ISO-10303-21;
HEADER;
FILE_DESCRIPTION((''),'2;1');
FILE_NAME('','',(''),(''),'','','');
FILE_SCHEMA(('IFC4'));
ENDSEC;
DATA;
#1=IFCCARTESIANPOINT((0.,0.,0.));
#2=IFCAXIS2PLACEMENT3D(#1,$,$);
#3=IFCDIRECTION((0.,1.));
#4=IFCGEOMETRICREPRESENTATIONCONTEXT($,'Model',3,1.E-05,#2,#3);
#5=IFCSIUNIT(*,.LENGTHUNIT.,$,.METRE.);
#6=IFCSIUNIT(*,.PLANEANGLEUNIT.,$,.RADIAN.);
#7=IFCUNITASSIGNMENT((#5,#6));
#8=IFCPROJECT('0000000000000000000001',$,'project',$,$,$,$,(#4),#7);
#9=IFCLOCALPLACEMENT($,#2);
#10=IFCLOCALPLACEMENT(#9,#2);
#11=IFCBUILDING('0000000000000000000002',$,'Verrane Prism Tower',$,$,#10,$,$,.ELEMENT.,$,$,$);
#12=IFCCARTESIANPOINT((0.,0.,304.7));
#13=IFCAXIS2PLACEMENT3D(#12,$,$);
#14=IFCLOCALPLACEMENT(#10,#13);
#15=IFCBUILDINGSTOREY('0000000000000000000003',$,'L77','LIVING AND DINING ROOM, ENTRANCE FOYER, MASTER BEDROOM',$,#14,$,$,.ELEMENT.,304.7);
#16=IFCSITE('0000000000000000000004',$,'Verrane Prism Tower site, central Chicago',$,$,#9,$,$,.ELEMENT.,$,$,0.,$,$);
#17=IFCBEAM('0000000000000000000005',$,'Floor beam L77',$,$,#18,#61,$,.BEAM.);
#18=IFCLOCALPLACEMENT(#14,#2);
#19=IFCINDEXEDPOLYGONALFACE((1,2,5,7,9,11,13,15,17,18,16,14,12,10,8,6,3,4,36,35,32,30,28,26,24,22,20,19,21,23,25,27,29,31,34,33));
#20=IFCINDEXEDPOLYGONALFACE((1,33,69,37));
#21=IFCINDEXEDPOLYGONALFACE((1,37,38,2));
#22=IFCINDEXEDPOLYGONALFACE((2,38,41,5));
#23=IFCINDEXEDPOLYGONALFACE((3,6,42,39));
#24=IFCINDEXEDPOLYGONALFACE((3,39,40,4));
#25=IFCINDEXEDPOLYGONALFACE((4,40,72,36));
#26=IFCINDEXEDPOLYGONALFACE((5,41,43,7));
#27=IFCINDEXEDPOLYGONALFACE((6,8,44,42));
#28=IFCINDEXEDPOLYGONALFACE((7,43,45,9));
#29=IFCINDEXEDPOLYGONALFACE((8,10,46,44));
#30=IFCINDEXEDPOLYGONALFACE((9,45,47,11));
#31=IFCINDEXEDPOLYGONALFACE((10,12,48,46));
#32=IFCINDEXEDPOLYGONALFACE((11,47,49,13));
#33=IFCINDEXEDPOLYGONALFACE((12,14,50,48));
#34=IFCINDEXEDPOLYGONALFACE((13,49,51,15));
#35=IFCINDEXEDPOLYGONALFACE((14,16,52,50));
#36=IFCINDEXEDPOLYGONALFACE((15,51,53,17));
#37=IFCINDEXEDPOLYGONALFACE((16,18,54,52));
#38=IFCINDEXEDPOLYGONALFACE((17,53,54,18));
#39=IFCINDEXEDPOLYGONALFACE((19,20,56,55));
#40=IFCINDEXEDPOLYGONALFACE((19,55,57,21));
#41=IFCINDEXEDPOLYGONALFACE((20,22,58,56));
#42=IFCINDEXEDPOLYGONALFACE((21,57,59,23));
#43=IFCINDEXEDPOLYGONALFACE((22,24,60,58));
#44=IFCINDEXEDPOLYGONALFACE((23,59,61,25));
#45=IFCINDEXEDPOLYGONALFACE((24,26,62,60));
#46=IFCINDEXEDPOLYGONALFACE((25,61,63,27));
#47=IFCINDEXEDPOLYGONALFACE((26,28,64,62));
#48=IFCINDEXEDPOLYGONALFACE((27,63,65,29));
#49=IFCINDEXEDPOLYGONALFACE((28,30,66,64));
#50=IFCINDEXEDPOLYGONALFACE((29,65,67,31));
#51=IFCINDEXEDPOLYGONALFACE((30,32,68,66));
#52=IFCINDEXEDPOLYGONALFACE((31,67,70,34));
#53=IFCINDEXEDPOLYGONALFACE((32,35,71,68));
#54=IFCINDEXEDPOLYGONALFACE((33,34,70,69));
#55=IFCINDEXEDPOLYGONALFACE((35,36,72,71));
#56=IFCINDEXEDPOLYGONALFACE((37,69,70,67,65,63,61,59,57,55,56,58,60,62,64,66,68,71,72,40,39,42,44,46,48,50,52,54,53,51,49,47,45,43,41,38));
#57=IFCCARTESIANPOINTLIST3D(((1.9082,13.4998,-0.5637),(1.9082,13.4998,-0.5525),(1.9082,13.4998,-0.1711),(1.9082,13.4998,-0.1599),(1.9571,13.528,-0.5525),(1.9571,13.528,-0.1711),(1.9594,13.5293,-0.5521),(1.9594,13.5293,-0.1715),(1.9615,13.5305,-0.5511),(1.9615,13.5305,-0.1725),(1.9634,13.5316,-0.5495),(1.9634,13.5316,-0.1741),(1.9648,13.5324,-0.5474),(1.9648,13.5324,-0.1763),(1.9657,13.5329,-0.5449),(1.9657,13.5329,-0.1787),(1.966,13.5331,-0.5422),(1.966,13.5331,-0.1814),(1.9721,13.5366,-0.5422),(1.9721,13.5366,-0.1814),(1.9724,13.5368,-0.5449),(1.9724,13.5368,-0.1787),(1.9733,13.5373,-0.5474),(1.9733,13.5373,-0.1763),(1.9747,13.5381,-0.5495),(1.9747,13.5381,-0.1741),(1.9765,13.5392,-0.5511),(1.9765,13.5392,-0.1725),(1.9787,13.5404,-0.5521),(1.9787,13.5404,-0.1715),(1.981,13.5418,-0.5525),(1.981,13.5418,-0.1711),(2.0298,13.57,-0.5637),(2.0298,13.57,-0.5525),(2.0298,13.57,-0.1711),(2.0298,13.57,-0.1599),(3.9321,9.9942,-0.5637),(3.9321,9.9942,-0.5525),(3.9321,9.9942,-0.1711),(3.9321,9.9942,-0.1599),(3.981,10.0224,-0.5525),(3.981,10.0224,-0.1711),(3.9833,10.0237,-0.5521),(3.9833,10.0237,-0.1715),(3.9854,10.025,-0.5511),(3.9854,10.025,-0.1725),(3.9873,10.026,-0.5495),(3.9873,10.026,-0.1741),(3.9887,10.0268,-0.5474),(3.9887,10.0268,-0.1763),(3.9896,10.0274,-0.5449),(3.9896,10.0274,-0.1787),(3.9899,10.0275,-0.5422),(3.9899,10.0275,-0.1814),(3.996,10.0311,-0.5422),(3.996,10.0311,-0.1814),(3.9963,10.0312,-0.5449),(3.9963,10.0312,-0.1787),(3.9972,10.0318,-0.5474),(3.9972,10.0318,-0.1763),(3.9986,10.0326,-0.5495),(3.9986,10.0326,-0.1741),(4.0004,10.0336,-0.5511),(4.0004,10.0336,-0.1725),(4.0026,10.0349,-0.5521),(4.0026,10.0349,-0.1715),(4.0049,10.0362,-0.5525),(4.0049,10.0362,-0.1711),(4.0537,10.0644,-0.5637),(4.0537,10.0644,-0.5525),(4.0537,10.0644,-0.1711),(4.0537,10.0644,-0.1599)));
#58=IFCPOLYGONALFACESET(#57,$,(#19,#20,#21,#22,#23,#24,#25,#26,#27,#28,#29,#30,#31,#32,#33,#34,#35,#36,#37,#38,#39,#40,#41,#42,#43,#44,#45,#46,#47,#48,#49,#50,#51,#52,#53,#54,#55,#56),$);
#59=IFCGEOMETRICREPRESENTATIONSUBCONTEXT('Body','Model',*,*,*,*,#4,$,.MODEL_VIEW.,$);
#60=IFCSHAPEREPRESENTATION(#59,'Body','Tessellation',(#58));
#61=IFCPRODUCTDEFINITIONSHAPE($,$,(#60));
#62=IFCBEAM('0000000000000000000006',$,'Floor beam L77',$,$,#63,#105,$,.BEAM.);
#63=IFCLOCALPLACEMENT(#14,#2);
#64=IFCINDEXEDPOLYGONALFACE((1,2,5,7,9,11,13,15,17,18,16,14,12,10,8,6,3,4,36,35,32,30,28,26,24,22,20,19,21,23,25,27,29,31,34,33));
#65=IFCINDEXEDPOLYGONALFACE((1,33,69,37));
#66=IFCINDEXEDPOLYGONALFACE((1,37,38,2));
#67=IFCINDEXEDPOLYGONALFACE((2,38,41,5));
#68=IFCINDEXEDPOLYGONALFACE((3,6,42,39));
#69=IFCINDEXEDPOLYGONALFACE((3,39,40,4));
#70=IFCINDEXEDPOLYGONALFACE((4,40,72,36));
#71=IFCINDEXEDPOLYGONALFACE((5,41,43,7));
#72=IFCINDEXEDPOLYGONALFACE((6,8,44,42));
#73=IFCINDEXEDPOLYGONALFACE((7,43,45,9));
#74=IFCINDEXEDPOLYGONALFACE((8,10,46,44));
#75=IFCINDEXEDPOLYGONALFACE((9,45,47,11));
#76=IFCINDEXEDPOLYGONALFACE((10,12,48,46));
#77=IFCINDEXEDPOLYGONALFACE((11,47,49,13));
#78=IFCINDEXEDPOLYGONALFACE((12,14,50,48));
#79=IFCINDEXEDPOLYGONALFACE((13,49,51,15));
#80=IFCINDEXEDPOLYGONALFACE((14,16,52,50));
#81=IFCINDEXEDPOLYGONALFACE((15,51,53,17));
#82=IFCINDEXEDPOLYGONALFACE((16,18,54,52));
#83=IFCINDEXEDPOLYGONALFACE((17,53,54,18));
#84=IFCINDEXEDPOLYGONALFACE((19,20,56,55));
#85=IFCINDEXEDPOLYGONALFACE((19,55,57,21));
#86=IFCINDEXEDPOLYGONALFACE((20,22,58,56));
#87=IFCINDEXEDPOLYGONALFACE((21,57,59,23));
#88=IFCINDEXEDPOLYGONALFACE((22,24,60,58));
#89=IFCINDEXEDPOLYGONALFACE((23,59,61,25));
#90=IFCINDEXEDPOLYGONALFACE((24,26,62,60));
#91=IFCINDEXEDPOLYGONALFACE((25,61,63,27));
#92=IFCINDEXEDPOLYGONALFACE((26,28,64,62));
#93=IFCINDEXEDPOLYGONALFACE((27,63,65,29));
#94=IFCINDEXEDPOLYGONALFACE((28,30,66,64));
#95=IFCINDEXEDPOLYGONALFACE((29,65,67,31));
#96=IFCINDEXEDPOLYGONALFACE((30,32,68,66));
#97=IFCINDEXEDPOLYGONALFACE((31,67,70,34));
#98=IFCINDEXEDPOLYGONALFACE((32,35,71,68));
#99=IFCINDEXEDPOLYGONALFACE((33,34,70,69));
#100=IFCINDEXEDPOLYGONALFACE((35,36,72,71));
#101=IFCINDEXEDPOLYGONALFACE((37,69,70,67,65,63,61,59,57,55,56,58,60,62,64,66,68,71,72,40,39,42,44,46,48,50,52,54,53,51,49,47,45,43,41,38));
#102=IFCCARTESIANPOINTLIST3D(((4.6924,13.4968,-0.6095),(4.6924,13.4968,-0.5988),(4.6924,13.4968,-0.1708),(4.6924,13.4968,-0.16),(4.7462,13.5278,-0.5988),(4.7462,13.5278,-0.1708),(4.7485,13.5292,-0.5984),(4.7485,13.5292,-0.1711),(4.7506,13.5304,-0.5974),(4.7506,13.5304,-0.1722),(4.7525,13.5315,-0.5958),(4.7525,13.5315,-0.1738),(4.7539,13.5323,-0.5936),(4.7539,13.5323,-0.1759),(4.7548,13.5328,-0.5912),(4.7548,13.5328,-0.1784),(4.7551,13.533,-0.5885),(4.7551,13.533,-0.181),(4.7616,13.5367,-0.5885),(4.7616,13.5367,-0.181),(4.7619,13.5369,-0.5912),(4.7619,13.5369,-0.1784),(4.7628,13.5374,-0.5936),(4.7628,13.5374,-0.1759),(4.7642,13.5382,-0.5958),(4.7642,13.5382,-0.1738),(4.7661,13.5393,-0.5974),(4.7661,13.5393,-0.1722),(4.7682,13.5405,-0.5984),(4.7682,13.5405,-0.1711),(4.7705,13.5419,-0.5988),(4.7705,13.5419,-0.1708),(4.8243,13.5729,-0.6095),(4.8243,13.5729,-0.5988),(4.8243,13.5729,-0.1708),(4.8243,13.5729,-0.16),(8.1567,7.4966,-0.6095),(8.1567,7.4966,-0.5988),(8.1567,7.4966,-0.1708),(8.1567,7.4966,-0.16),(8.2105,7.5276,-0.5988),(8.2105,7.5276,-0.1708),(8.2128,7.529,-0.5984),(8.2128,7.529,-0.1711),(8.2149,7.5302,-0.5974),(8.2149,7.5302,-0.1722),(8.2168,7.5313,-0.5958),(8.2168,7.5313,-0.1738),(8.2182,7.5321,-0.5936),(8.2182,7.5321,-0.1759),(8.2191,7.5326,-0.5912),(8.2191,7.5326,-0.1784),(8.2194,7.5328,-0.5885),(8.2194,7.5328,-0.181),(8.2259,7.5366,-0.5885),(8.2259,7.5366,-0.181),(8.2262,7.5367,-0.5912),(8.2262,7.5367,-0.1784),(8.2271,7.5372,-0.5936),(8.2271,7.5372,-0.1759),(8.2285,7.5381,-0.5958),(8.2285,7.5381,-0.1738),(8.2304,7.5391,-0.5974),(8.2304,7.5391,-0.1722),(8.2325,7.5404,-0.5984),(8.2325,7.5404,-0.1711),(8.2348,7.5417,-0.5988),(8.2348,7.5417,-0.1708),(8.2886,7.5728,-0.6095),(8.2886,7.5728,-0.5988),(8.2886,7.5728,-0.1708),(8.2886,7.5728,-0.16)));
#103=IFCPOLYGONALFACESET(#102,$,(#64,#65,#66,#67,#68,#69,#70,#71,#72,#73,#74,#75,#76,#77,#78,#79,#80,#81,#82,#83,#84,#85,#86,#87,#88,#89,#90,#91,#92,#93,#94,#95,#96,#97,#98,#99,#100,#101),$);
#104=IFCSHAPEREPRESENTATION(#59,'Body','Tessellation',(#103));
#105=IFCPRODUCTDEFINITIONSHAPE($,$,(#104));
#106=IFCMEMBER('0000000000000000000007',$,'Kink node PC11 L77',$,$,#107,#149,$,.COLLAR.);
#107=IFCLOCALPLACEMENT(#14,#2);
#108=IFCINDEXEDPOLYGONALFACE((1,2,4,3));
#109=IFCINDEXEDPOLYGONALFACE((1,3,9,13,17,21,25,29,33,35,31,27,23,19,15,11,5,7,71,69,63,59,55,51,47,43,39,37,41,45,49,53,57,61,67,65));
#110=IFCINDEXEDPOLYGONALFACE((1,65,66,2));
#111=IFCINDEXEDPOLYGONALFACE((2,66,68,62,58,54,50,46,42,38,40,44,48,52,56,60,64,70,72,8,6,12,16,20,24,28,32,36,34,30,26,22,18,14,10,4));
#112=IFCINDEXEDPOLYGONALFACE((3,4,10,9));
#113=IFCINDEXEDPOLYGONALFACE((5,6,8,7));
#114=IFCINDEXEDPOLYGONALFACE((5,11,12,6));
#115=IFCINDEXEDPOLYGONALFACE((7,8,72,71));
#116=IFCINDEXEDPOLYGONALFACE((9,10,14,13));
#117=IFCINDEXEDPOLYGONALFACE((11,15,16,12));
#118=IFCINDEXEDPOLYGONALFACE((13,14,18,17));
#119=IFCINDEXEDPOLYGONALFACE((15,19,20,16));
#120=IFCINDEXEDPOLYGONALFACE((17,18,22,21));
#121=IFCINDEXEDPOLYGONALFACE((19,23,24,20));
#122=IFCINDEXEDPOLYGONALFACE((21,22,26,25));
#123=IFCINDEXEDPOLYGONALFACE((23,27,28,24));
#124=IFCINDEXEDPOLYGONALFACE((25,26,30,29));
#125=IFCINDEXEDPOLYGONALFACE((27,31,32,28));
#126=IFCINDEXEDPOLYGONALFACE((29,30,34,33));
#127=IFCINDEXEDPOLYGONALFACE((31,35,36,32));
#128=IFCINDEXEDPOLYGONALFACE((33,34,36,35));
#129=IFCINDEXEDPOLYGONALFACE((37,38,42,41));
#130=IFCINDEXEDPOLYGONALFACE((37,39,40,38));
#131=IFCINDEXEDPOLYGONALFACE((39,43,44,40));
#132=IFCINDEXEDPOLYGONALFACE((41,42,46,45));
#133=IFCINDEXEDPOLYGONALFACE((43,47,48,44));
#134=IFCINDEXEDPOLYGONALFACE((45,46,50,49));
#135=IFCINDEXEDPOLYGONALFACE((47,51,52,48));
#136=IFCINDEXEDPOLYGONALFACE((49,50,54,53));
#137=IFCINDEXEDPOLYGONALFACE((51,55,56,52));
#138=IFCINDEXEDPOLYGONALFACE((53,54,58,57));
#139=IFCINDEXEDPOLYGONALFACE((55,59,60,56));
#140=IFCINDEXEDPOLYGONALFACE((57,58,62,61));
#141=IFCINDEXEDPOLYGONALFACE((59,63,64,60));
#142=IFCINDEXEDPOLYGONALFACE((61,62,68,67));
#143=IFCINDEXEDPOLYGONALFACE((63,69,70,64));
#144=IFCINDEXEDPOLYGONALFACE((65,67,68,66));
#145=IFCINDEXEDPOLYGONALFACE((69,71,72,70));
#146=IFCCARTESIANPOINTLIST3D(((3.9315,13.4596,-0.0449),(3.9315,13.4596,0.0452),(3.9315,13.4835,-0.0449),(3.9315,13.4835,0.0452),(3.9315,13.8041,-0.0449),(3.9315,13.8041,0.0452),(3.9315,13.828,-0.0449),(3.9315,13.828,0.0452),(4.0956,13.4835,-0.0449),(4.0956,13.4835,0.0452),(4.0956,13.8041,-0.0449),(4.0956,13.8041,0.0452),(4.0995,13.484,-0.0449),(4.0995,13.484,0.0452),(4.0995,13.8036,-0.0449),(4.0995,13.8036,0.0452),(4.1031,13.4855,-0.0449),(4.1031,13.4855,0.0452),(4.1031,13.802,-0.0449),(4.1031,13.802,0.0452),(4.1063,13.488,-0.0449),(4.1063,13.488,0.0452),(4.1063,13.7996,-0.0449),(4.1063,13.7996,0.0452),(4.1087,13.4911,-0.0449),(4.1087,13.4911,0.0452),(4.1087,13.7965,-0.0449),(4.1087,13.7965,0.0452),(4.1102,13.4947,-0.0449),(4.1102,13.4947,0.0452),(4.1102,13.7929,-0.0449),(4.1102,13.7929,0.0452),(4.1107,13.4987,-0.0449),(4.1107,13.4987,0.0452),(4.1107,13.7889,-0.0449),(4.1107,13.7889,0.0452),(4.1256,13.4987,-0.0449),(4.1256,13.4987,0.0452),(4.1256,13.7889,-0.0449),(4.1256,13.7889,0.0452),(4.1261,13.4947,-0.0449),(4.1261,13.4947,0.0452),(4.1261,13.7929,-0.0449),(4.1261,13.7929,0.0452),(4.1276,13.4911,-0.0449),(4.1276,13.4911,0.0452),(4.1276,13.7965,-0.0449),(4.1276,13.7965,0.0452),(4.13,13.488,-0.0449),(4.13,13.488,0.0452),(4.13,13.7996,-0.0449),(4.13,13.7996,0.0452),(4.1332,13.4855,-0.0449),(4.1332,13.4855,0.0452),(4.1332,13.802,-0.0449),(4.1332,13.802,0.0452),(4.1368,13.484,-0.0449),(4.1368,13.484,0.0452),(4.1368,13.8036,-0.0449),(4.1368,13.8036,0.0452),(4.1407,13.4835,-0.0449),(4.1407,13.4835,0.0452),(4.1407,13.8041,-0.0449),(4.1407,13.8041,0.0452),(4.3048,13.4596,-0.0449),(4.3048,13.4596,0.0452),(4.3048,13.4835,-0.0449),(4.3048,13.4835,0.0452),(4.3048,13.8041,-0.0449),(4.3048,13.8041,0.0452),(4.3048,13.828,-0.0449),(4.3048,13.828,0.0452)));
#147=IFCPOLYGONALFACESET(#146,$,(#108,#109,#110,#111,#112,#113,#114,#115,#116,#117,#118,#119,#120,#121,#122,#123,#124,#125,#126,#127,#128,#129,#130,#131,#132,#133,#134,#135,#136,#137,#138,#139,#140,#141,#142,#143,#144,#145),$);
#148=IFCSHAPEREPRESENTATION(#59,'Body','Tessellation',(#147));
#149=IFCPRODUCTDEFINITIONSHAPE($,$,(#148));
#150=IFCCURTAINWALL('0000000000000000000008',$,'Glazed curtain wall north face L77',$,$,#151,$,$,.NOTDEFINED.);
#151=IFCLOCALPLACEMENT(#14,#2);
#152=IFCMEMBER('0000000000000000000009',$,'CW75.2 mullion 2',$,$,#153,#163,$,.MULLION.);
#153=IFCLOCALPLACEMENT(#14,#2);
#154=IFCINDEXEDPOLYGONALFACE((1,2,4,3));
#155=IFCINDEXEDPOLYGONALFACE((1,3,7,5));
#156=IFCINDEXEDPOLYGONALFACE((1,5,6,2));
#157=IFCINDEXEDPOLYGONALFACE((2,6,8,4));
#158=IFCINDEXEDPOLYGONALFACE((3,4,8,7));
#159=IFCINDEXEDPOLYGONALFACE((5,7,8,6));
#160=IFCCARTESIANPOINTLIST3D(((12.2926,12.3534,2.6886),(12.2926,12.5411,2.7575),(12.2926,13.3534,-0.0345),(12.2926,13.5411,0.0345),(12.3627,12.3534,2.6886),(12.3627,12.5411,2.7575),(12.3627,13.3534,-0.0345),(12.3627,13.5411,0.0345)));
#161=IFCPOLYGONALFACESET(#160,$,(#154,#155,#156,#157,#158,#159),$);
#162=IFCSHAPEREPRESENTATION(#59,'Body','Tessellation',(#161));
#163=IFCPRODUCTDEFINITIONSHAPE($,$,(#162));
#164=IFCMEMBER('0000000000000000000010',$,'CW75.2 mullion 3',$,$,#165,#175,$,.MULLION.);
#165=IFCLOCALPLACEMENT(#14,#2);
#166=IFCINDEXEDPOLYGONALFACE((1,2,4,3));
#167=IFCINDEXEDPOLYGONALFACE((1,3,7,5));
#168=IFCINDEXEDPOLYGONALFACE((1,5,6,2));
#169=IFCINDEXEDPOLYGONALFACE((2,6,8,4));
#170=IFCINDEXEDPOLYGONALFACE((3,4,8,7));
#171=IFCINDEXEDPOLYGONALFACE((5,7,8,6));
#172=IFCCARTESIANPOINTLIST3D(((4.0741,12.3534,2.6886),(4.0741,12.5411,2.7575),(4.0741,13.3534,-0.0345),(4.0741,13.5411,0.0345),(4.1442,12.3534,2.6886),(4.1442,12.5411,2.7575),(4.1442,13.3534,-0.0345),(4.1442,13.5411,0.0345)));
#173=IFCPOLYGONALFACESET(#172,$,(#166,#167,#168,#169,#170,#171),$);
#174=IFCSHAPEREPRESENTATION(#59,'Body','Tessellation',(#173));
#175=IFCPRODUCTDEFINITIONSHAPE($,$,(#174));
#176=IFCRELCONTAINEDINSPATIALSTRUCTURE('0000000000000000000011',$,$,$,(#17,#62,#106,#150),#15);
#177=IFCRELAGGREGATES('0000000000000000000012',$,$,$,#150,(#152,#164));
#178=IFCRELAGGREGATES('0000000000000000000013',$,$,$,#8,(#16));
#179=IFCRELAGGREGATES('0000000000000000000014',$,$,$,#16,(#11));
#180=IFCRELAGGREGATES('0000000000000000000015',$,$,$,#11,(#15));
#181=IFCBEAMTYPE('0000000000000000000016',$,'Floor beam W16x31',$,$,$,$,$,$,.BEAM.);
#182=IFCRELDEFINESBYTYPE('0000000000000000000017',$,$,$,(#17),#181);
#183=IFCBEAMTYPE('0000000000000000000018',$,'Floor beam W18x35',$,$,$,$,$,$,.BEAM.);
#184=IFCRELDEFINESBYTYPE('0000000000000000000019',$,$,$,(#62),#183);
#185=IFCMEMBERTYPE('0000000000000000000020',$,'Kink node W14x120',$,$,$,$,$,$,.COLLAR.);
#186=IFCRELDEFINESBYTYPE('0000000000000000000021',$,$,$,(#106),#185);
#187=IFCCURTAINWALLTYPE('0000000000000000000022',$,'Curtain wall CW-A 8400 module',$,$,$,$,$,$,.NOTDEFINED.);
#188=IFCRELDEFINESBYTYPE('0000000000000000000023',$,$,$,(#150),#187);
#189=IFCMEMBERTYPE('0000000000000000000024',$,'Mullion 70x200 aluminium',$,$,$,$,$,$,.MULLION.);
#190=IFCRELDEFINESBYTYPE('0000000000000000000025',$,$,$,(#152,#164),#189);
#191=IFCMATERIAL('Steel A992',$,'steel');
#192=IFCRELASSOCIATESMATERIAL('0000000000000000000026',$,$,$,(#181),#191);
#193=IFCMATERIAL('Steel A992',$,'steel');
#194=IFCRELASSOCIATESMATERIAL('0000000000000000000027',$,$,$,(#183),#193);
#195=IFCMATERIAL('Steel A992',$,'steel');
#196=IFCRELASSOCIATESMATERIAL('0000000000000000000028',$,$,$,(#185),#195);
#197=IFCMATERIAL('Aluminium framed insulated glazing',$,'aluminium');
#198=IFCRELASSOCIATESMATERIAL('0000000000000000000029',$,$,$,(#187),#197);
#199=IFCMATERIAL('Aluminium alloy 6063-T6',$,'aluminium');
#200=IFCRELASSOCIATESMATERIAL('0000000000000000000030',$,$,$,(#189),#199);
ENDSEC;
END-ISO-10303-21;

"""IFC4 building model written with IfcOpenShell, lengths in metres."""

from ifc_helpers import new_model, si_unit, direction, frame, origin, origin_2d, place, context, subcontext, project, spatial, rectangle, i_section, extrude, material, material_profile, profile_set, type_object, element, aggregate, save


model = new_model("IFC4")

# Units and contexts
model_context = context("Model", 3, precision=1e-05, world=origin(), true_north=direction((0.0, 1.0)))
body_context = subcontext(model_context, "Body", "Model", "MODEL_VIEW")
ifc_project = project(units=[si_unit("LENGTHUNIT", "METRE"), si_unit("PLANEANGLEUNIT", "RADIAN")], contexts=[model_context])

# Site, building, storey
site_placement = place(None, origin())
site = spatial("IfcSite", under=ifc_project, at=site_placement, Name="Verrane Prism Tower site, central Chicago", CompositionType="ELEMENT", RefElevation=0.0)
building_placement = place(site_placement, origin())
building = spatial("IfcBuilding", under=site, at=building_placement, Name="Verrane Prism Tower", CompositionType="ELEMENT")
storey_placement = place(building_placement, frame((0.0, 0.0, 304.7)))
storey = spatial("IfcBuildingStorey", under=building, at=storey_placement, Name="L77", Description="LIVING AND DINING ROOM, ENTRANCE FOYER, MASTER BEDROOM", CompositionType="ELEMENT", Elevation=304.7)

# Beams
ifc_material_1 = material(Name="Steel A992", Category="steel")
ifc_material_profile_1 = material_profile(ifc_material_1, i_section(OverallWidth=0.1404, OverallDepth=0.4038, WebThickness=0.0071, FlangeThickness=0.0112, FilletRadius=0.0103, at=origin_2d()), Name="W16x31")
ifc_profile_set_1 = profile_set([ifc_material_profile_1], Name="Steel A992")
beam_type_1 = type_object("IfcBeamType", Name="Floor beam W16x31", PredefinedType="BEAM", material=ifc_profile_set_1)
beam_1_placement = place(storey_placement, frame((3.9929, 10.0293, -0.3618), z_axis=(-0.499992, 0.86603, 0.0), x_axis=(-0.86603, -0.499992, 0.0)))
element("IfcBeam", 1, at=beam_1_placement, inside=storey, type_object=beam_type_1, Name="Floor beam L77", PredefinedType="BEAM", context=body_context, shape_type="SweptSolid", body=[
    extrude(i_section(OverallWidth=0.1404, OverallDepth=0.4038, WebThickness=0.0071, FlangeThickness=0.0112, FilletRadius=0.0103, at=origin_2d()), origin(), (0.0, 0.0, 1.0), 4.0479),
])
ifc_material_2 = material(Name="Steel A992", Category="steel")
ifc_material_profile_2 = material_profile(ifc_material_2, i_section(OverallWidth=0.1523, OverallDepth=0.4495, WebThickness=0.0076, FlangeThickness=0.0107, FilletRadius=0.0103, at=origin_2d()), Name="W18x35")
ifc_profile_set_2 = profile_set([ifc_material_profile_2], Name="Steel A992")
beam_type_2 = type_object("IfcBeamType", Name="Floor beam W18x35", PredefinedType="BEAM", material=ifc_profile_set_2)
beam_2_placement = place(storey_placement, frame((8.2227, 7.5347, -0.3848), z_axis=(-0.500012, 0.866018, 0.0), x_axis=(-0.866018, -0.500012, 0.0)))
element("IfcBeam", 2, at=beam_2_placement, inside=storey, type_object=beam_type_2, Name="Floor beam L77", PredefinedType="BEAM", context=body_context, shape_type="SweptSolid", body=[
    extrude(i_section(OverallWidth=0.1523, OverallDepth=0.4495, WebThickness=0.0076, FlangeThickness=0.0107, FilletRadius=0.0103, at=origin_2d()), origin(), (0.0, 0.0, 1.0), 6.9285),
])

# Member
ifc_material_3 = material(Name="Steel A992", Category="steel")
ifc_material_profile_3 = material_profile(ifc_material_3, i_section(OverallWidth=0.3733, OverallDepth=0.3684, WebThickness=0.0149, FlangeThickness=0.0239, FilletRadius=0.0151, at=origin_2d()), Name="W14x120")
ifc_profile_set_3 = profile_set([ifc_material_profile_3], Name="Steel A992")
member_type_1 = type_object("IfcMemberType", Name="Kink node W14x120", PredefinedType="COLLAR", material=ifc_profile_set_3)
member_1_placement = place(storey_placement, frame((4.1182, 13.6438, -0.0449), z_axis=(0.0, 0.0, 1.0), x_axis=(1.0, 0.0, 0.0)))
element("IfcMember", 3, at=member_1_placement, inside=storey, type_object=member_type_1, Name="Kink node PC11 L77", PredefinedType="COLLAR", context=body_context, shape_type="SweptSolid", body=[
    extrude(i_section(OverallWidth=0.3733, OverallDepth=0.3684, WebThickness=0.0149, FlangeThickness=0.0239, FilletRadius=0.0151, at=origin_2d()), origin(), (0.0, 0.0, 1.0), 0.0901),
])

# Curtain wall, members
ifc_material_4 = material(Name="Aluminium framed insulated glazing", Category="aluminium")
curtain_wall_type = type_object("IfcCurtainWallType", Name="Curtain wall CW-A 8400 module", PredefinedType="NOTDEFINED", material=ifc_material_4)
curtain_wall_placement = place(storey_placement, origin())
curtain_wall = element("IfcCurtainWall", 4, at=curtain_wall_placement, inside=storey, type_object=curtain_wall_type, Name="Glazed curtain wall north face L77", PredefinedType="NOTDEFINED")
ifc_material_5 = material(Name="Aluminium alloy 6063-T6", Category="aluminium")
ifc_material_profile_4 = material_profile(ifc_material_5, rectangle(XDim=0.2, YDim=0.0701, at=origin_2d()), Name="Mullion 70x200 aluminium")
ifc_profile_set_4 = profile_set([ifc_material_profile_4], Name="Aluminium alloy 6063-T6")
member_type_2 = type_object("IfcMemberType", Name="Mullion 70x200 aluminium", PredefinedType="MULLION", material=ifc_profile_set_4)
member_2_placement = place(storey_placement, frame((12.3276, 13.4473, 0.0), z_axis=(0.0, -0.344715, 0.938708), x_axis=(0.0, -0.938708, -0.344715)))
member_2 = element("IfcMember", 5, at=member_2_placement, type_object=member_type_2, Name="CW75.2 mullion 2", PredefinedType="MULLION", context=body_context, shape_type="SweptSolid", body=[
    extrude(rectangle(XDim=0.2, YDim=0.0701, at=origin_2d()), origin(), (0.0, 0.0, 1.0), 2.9009),
])
member_3_placement = place(storey_placement, frame((4.1091, 13.4473, 0.0), z_axis=(0.0, -0.344715, 0.938708), x_axis=(0.0, -0.938708, -0.344715)))
member_3 = element("IfcMember", 6, at=member_3_placement, type_object=member_type_2, Name="CW75.2 mullion 3", PredefinedType="MULLION", context=body_context, shape_type="SweptSolid", body=[
    extrude(rectangle(XDim=0.2, YDim=0.0701, at=origin_2d()), origin(), (0.0, 0.0, 1.0), 2.9009),
])

aggregate(curtain_wall, [member_2, member_3])

save(model, "model.ifc")
